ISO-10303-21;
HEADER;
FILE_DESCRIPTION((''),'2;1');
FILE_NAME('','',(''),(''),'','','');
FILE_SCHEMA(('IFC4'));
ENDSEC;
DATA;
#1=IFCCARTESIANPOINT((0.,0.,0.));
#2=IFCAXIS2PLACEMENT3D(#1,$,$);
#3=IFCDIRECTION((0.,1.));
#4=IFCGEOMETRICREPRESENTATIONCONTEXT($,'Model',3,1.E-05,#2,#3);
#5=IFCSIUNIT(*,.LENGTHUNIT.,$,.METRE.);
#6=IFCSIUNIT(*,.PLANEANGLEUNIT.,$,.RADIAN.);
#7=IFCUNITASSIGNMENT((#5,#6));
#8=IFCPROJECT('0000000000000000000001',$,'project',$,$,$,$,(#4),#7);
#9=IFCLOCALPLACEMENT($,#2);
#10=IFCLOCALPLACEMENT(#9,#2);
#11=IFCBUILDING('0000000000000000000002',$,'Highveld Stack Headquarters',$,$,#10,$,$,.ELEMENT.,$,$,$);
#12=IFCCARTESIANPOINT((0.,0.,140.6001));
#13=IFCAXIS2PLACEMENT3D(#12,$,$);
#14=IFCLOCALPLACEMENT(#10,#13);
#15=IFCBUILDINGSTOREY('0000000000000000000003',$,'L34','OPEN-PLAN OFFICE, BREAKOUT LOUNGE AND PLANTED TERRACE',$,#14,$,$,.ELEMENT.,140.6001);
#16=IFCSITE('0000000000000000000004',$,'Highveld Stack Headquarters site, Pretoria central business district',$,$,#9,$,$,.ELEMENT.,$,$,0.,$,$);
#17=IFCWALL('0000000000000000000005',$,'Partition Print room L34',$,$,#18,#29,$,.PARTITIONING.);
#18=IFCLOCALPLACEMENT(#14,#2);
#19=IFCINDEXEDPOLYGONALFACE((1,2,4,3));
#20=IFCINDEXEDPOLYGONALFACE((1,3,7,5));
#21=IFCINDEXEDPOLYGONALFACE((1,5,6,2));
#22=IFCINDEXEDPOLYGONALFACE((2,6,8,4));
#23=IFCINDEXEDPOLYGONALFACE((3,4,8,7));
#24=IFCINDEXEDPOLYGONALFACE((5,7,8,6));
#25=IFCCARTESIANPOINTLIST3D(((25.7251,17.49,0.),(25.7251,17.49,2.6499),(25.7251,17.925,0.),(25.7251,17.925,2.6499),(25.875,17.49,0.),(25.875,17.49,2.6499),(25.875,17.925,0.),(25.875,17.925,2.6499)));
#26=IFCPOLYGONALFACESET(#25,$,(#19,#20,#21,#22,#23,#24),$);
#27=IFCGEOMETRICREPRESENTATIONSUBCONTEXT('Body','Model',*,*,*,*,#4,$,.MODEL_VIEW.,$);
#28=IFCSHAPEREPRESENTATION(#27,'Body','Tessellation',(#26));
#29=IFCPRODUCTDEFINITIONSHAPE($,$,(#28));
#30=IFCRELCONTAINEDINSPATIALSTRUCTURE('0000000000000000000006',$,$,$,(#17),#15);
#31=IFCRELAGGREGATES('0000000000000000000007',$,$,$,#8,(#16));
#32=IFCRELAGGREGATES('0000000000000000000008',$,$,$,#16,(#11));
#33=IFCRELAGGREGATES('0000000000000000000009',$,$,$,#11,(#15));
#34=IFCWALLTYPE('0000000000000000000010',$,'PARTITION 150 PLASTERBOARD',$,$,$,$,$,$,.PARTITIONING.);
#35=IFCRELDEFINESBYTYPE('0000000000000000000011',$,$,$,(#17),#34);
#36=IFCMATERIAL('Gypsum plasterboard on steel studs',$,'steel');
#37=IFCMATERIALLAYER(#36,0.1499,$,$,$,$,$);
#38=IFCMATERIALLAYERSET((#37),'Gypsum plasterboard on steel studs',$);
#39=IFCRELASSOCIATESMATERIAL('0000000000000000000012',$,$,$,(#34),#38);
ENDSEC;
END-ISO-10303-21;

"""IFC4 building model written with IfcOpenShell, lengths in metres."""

from ifc_helpers import new_model, si_unit, direction, frame, frame_2d, origin, place, context, subcontext, project, spatial, rectangle, extrude, material, layer, layer_set, type_object, element, save


model = new_model("IFC4")

# Units and contexts
model_context = context("Model", 3, precision=1e-05, world=origin(), true_north=direction((0.0, 1.0)))
body_context = subcontext(model_context, "Body", "Model", "MODEL_VIEW")
ifc_project = project(units=[si_unit("LENGTHUNIT", "METRE"), si_unit("PLANEANGLEUNIT", "RADIAN")], contexts=[model_context])

# Site, building, storey
site_placement = place(None, origin())
site = spatial("IfcSite", under=ifc_project, at=site_placement, Name="Highveld Stack Headquarters site, Pretoria central business district", CompositionType="ELEMENT", RefElevation=0.0)
building_placement = place(site_placement, origin())
building = spatial("IfcBuilding", under=site, at=building_placement, Name="Highveld Stack Headquarters", CompositionType="ELEMENT")
storey_placement = place(building_placement, frame((0.0, 0.0, 140.6001)))
storey = spatial("IfcBuildingStorey", under=building, at=storey_placement, Name="L34", Description="OPEN-PLAN OFFICE, BREAKOUT LOUNGE AND PLANTED TERRACE", CompositionType="ELEMENT", Elevation=140.6001)

# Shared definitions
ifc_material_1 = material(Name="Gypsum plasterboard on steel studs", Category="steel")
ifc_layer_1 = layer(ifc_material_1, 0.1499)
ifc_layer_set_1 = layer_set([ifc_layer_1], Name="Gypsum plasterboard on steel studs")
wall_type = type_object("IfcWallType", Name="PARTITION 150 PLASTERBOARD", PredefinedType="PARTITIONING", material=ifc_layer_set_1)

# Wall
wall_1_placement = place(storey_placement, frame((25.8, 17.49, 0.0), z_axis=(0.0, 0.0, 1.0), x_axis=(0.0, 1.0, 0.0)))
element("IfcWall", 1, at=wall_1_placement, inside=storey, type_object=wall_type, Name="Partition Print room L34", PredefinedType="PARTITIONING", context=body_context, shape_type="SweptSolid", body=[
    extrude(rectangle(XDim=0.4351, YDim=0.1499, at=frame_2d((0.2175, 0.0))), origin(), (0.0, 0.0, 1.0), 2.6499),
])

save(model, "model.ifc")
